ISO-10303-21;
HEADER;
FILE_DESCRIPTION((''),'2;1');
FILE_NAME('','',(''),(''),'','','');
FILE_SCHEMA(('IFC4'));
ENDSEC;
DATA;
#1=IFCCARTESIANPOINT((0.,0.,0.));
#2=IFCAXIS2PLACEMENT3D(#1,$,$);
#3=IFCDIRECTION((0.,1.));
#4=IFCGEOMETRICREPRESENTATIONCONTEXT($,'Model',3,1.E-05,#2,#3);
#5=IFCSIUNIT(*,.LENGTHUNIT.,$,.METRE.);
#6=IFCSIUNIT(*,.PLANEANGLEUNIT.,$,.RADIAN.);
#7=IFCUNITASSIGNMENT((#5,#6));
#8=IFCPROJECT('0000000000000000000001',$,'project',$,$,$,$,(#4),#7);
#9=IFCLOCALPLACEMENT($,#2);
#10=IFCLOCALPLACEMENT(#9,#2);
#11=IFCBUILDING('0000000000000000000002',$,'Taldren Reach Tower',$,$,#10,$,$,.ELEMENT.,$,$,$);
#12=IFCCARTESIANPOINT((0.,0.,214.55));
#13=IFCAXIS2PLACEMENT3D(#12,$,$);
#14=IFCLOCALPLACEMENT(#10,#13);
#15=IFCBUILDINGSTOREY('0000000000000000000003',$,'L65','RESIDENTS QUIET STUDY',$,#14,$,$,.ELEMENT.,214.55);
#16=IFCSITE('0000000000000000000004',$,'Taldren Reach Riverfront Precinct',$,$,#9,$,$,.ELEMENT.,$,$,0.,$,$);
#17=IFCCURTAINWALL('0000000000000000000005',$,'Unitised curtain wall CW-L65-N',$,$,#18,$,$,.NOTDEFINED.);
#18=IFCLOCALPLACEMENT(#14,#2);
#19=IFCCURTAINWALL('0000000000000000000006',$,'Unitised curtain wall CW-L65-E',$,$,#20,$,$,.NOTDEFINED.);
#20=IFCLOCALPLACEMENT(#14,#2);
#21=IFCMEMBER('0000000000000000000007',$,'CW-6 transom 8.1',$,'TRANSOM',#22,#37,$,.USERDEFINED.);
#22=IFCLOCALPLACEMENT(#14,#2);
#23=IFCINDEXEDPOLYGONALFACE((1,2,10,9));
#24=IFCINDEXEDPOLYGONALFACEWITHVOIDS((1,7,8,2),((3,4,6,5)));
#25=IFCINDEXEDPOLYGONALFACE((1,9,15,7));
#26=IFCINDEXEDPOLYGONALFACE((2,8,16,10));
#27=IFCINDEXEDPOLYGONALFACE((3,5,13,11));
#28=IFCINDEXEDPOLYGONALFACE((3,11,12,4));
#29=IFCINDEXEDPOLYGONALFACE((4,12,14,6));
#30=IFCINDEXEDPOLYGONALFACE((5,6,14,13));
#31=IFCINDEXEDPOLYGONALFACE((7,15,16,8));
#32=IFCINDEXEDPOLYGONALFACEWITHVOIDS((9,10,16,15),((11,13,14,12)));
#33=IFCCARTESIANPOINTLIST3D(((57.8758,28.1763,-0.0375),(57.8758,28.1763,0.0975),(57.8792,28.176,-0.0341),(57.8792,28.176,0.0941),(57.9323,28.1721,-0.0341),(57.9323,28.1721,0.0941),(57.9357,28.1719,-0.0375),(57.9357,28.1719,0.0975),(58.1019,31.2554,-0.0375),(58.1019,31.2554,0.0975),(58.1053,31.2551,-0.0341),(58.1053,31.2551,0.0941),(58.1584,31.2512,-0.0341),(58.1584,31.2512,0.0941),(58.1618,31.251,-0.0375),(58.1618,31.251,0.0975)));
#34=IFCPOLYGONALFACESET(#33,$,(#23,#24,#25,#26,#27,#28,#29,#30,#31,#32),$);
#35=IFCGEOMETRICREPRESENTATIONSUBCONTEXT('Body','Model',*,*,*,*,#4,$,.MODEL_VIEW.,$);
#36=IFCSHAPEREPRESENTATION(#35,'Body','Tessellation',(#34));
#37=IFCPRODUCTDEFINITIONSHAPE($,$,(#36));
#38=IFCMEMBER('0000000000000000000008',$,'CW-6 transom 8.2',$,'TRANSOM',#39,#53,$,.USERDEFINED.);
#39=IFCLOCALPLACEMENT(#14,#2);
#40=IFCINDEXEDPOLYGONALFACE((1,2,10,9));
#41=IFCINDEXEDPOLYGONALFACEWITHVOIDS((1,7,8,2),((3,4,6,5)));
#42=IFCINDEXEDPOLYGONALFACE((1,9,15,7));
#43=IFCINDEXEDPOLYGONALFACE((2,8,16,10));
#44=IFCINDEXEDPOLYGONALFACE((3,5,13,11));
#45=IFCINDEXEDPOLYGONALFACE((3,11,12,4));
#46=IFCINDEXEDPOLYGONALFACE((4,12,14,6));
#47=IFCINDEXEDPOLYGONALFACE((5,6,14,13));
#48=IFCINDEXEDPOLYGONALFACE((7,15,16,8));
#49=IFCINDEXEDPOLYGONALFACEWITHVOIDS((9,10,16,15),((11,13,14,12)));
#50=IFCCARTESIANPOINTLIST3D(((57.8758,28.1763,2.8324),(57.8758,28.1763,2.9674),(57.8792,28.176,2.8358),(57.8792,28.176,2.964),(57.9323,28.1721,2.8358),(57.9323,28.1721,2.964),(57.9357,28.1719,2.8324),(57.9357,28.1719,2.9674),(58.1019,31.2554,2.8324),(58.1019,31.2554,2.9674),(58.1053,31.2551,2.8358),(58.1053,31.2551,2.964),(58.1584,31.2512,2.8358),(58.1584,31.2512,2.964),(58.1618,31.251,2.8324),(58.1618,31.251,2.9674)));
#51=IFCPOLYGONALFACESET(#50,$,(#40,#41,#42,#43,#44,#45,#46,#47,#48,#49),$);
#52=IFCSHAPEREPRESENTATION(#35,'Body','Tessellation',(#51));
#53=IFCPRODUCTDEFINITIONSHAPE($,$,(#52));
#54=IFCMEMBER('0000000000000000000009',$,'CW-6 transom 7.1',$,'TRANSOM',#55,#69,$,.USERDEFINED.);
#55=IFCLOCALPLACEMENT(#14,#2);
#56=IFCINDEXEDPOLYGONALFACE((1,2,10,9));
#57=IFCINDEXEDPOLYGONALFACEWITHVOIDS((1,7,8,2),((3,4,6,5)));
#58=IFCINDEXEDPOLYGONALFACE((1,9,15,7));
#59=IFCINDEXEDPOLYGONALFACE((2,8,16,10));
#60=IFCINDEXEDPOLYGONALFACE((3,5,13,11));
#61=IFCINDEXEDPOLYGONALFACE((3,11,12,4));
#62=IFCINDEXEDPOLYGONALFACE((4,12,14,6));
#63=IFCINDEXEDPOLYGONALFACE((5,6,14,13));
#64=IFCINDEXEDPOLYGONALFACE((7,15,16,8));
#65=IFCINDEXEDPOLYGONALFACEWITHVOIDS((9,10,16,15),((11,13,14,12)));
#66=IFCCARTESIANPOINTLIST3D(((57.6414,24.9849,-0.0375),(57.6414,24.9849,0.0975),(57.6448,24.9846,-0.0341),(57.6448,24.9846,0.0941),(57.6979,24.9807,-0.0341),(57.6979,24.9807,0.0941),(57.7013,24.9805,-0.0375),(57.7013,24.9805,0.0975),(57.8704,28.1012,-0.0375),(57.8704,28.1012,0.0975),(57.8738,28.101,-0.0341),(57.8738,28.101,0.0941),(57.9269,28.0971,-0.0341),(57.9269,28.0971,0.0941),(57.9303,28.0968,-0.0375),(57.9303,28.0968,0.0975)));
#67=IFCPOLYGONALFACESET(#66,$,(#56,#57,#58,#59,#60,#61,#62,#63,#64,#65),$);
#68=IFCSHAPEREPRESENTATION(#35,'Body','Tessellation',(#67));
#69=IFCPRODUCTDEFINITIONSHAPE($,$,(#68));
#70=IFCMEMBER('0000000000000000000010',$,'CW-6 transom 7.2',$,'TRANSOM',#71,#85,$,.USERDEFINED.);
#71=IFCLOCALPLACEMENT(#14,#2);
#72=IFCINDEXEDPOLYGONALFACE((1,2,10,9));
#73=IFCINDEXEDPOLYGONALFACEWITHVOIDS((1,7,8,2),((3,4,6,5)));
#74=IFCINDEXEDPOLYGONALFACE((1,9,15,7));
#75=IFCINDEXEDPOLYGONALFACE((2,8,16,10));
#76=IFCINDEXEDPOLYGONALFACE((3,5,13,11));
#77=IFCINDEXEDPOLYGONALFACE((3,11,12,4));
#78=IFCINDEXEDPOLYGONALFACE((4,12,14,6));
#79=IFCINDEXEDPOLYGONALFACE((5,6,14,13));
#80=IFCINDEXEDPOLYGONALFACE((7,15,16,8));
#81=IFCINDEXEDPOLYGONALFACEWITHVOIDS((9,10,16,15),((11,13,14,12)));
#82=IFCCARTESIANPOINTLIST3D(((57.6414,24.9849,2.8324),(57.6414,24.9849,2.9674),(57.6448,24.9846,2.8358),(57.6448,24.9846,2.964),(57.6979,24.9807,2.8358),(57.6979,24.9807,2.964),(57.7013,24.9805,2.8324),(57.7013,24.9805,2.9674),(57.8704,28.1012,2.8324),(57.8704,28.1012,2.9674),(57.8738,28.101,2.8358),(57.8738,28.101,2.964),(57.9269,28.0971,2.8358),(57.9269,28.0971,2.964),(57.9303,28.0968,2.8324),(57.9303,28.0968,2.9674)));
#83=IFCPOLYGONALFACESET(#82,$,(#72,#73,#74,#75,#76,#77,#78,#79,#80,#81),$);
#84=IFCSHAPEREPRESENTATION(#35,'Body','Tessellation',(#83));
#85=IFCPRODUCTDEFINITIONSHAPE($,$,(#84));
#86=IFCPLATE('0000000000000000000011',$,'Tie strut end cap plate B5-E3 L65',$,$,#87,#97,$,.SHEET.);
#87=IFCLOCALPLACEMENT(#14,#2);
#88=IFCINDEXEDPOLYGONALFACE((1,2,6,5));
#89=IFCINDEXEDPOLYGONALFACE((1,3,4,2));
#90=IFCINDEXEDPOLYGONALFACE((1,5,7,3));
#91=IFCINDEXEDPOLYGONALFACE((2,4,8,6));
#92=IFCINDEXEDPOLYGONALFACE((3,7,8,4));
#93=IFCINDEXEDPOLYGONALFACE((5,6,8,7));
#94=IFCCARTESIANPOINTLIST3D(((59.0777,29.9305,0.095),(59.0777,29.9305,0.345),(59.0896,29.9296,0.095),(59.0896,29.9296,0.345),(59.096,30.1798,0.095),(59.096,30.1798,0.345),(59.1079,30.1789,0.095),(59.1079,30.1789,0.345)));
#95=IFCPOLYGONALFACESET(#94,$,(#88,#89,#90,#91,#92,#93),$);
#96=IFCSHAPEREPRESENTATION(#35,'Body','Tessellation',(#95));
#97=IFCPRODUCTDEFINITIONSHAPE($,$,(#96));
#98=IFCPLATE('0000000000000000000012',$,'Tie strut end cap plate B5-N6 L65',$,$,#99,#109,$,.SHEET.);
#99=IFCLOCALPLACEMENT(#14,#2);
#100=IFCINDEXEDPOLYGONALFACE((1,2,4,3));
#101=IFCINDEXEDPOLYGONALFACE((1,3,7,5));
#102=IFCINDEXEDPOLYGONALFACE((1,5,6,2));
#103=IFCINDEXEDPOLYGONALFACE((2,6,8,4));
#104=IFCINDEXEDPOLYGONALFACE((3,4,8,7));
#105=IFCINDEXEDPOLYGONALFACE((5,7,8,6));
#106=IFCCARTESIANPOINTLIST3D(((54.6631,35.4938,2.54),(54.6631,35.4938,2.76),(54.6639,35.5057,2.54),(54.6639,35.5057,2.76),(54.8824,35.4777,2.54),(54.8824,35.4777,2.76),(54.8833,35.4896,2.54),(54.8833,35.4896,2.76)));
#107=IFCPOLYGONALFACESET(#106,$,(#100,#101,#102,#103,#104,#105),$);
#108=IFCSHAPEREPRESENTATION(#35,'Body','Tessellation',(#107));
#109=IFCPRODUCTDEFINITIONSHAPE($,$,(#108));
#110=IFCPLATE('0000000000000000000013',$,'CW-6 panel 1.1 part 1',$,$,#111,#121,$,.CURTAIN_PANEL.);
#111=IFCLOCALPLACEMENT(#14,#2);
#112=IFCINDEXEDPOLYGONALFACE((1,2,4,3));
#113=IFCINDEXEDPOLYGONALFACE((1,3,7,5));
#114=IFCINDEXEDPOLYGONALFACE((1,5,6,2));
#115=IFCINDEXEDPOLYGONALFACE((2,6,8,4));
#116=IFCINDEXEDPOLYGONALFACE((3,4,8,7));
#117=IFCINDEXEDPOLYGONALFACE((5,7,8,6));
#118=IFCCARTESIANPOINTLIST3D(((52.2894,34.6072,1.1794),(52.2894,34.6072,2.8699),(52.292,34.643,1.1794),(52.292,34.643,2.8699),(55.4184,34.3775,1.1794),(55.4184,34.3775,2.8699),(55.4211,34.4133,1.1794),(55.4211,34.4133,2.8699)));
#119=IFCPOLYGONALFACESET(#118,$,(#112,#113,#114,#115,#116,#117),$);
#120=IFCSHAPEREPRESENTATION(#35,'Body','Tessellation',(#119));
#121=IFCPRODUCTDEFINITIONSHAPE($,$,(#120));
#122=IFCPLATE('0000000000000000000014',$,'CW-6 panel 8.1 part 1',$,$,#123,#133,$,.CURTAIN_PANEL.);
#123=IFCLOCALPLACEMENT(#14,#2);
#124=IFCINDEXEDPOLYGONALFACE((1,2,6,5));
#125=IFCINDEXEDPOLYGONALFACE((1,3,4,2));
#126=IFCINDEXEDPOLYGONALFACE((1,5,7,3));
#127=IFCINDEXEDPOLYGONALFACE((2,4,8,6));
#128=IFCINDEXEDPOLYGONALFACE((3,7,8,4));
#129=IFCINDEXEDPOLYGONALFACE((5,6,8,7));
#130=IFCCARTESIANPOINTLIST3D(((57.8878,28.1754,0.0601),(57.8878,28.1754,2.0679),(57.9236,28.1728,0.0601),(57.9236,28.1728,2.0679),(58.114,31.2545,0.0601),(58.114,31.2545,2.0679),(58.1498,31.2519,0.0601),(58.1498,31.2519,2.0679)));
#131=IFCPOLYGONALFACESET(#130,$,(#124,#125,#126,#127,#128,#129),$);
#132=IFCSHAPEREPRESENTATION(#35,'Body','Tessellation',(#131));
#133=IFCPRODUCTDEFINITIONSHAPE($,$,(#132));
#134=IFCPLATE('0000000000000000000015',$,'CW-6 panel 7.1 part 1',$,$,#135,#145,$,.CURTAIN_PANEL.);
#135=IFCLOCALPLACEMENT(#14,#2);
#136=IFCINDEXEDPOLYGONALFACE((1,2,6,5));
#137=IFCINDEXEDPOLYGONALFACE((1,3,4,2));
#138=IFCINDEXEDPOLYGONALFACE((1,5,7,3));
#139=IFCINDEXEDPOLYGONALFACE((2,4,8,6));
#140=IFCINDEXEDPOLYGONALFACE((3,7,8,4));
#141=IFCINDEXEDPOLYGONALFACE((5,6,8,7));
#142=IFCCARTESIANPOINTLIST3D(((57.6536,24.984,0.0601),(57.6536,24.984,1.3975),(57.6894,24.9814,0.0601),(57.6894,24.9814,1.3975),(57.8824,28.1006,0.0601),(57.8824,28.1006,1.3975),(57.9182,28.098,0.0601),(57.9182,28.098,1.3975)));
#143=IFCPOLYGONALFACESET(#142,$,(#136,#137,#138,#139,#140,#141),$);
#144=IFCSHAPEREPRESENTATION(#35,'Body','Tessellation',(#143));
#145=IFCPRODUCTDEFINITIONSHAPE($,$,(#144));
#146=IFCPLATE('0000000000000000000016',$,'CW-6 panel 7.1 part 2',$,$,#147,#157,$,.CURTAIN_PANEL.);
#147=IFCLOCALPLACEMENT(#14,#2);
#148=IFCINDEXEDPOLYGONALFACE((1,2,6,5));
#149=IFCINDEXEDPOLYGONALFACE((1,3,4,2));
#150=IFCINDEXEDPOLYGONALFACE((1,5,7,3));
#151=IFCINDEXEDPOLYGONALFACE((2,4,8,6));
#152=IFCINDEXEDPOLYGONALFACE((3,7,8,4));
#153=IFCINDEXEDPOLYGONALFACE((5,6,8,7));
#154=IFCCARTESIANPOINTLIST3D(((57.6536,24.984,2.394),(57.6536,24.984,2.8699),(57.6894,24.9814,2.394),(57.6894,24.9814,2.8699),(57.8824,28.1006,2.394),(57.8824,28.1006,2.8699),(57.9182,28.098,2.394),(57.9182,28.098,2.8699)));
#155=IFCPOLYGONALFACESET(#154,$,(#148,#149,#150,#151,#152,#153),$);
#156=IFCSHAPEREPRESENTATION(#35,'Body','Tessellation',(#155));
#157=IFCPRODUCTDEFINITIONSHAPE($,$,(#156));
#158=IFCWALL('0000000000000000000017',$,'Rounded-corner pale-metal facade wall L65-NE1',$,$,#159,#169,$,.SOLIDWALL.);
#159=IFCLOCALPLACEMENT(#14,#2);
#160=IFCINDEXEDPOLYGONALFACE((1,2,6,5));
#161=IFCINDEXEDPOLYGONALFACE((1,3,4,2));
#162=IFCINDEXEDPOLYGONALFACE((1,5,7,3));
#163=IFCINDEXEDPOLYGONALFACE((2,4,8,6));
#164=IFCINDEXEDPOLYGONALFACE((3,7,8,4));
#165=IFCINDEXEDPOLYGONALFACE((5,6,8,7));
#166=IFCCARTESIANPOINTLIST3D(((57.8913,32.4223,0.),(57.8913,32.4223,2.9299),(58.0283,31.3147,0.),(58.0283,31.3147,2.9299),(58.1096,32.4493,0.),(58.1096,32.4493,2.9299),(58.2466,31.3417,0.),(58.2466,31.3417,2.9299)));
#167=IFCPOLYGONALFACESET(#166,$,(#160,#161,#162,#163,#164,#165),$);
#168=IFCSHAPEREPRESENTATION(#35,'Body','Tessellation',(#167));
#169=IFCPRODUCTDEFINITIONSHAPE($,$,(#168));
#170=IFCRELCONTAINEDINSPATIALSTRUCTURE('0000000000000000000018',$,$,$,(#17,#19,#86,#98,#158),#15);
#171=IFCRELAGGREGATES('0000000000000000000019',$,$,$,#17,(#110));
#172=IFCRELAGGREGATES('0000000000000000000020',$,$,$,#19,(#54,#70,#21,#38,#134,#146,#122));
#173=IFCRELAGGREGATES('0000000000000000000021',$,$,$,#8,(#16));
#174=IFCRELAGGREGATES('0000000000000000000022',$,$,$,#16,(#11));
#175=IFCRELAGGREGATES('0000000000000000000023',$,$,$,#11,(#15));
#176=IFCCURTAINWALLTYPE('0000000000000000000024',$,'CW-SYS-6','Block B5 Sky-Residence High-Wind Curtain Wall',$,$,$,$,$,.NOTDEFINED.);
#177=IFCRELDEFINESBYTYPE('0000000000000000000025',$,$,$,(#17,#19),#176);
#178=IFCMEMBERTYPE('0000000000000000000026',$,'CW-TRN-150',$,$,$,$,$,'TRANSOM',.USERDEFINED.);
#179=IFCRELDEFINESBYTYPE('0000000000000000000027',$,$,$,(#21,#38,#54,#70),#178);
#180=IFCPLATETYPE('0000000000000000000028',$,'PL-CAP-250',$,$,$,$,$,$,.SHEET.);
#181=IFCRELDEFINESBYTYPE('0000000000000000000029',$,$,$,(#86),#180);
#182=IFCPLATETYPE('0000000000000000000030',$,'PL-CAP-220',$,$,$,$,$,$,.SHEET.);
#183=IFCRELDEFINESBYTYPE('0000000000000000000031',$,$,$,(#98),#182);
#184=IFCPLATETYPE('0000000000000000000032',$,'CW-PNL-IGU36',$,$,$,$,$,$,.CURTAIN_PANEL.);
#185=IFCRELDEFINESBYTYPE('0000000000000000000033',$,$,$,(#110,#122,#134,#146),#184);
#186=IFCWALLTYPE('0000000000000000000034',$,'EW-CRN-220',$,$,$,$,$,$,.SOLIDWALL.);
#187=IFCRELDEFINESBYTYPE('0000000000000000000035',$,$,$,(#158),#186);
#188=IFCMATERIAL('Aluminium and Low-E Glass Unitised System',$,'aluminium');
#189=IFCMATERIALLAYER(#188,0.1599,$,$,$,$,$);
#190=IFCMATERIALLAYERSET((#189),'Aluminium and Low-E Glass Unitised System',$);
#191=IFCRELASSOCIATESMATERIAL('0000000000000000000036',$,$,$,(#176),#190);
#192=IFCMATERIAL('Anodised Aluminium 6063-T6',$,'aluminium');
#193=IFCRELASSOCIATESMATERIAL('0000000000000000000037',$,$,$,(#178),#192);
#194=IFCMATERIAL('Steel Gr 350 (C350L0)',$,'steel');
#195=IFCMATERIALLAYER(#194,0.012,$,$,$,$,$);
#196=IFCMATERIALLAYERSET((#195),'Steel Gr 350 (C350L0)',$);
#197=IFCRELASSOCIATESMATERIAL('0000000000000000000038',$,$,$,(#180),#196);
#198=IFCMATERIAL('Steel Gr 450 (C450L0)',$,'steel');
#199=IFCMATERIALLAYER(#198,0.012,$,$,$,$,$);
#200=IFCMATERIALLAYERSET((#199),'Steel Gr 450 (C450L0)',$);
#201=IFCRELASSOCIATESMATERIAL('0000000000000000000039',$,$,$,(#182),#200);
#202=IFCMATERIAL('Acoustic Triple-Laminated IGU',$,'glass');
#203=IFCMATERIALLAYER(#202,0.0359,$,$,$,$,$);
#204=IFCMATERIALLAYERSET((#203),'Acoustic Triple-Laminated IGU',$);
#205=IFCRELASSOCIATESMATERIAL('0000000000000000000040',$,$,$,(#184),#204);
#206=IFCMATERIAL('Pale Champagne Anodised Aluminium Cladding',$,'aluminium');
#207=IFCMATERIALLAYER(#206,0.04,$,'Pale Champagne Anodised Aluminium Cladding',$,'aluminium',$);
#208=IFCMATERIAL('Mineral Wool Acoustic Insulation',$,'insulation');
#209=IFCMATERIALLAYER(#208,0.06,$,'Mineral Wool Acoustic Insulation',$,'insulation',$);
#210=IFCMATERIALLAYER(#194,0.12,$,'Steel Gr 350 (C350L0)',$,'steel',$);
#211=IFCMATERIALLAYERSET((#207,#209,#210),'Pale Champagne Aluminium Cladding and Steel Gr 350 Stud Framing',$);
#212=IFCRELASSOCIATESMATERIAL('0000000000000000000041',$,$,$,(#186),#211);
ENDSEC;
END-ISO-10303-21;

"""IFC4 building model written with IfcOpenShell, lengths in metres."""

from ifc_helpers import new_model, si_unit, direction, frame, frame_2d, origin, origin_2d, place, context, subcontext, project, spatial, rectangle, hollow_rectangle, extrude, source, transform, mapped, material, layer, layer_set, material_profile, profile_set, type_object, element, aggregate, save


model = new_model("IFC4")

# Units and contexts
model_context = context("Model", 3, precision=1e-05, world=origin(), true_north=direction((0.0, 1.0)))
body_context = subcontext(model_context, "Body", "Model", "MODEL_VIEW")
ifc_project = project(units=[si_unit("LENGTHUNIT", "METRE"), si_unit("PLANEANGLEUNIT", "RADIAN")], contexts=[model_context])

# Site, building, storey
site_placement = place(None, origin())
site = spatial("IfcSite", under=ifc_project, at=site_placement, Name="Taldren Reach Riverfront Precinct", CompositionType="ELEMENT", RefElevation=0.0)
building_placement = place(site_placement, origin())
building = spatial("IfcBuilding", under=site, at=building_placement, Name="Taldren Reach Tower", CompositionType="ELEMENT")
storey_placement = place(building_placement, frame((0.0, 0.0, 214.55)))
storey = spatial("IfcBuildingStorey", under=building, at=storey_placement, Name="L65", Description="RESIDENTS QUIET STUDY", CompositionType="ELEMENT", Elevation=214.55)

# Shared definitions
ifc_material_1 = material(Name="Steel Gr 350 (C350L0)", Category="steel")

# Shared definitions
ifc_material_2 = material(Name="Steel Gr 450 (C450L0)", Category="steel")

# Curtain wall
ifc_material_3 = material(Name="Aluminium and Low-E Glass Unitised System", Category="aluminium")
ifc_layer_1 = layer(ifc_material_3, 0.1599)
ifc_layer_set_1 = layer_set([ifc_layer_1], Name="Aluminium and Low-E Glass Unitised System")
curtain_wall_type = type_object("IfcCurtainWallType", Name="CW-SYS-6", Description="Block B5 Sky-Residence High-Wind Curtain Wall", PredefinedType="NOTDEFINED", material=ifc_layer_set_1)
curtain_wall_1_placement = place(storey_placement, origin())
curtain_wall_1 = element("IfcCurtainWall", 1, at=curtain_wall_1_placement, inside=storey, type_object=curtain_wall_type, Name="Unitised curtain wall CW-L65-N", PredefinedType="NOTDEFINED")
ifc_material_4 = material(Name="Anodised Aluminium 6063-T6", Category="aluminium")

# Curtain wall
curtain_wall_2_placement = place(storey_placement, origin())
curtain_wall_2 = element("IfcCurtainWall", 2, at=curtain_wall_2_placement, inside=storey, type_object=curtain_wall_type, Name="Unitised curtain wall CW-L65-E", PredefinedType="NOTDEFINED")

# Members
ifc_material_profile_1 = material_profile(ifc_material_4, hollow_rectangle(XDim=0.0601, YDim=0.135, WallThickness=0.0034, at=origin_2d()), Name="ALU-135x60x3.5RHS")
ifc_profile_set_1 = profile_set([ifc_material_profile_1], Name="Anodised Aluminium 6063-T6")
member_type_1 = type_object("IfcMemberType", Name="CW-TRN-150", ElementType="TRANSOM", PredefinedType="USERDEFINED", material=ifc_profile_set_1)
shared_shape_1 = source(origin(), body_context, "Body", "SweptSolid", [
    extrude(hollow_rectangle(XDim=0.0601, YDim=0.135, WallThickness=0.0034, at=origin_2d()), origin(), (0.0, 0.0, 1.0), 3.0874),
])
member_1_placement = place(storey_placement, frame((57.9058, 28.1741, 0.03), z_axis=(0.073225, 0.997315, 0.0), x_axis=(-0.997315, 0.073225, 0.0)))
member_1 = element("IfcMember", 3, at=member_1_placement, type_object=member_type_1, Name="CW-6 transom 8.1", ObjectType="TRANSOM", PredefinedType="USERDEFINED", context=body_context, shape_type="MappedRepresentation", body=[
    mapped(shared_shape_1, transform((0.0, 0.0, 0.0), scale=1.0)),
])
member_2_placement = place(storey_placement, frame((57.9058, 28.1741, 2.8999), z_axis=(0.073225, 0.997315, 0.0), x_axis=(-0.997315, 0.073225, 0.0)))
member_2 = element("IfcMember", 4, at=member_2_placement, type_object=member_type_1, Name="CW-6 transom 8.2", ObjectType="TRANSOM", PredefinedType="USERDEFINED", context=body_context, shape_type="MappedRepresentation", body=[
    mapped(shared_shape_1, transform((0.0, 0.0, 0.0), scale=1.0)),
])
shared_shape_2 = source(origin(), body_context, "Body", "SweptSolid", [
    extrude(hollow_rectangle(XDim=0.0601, YDim=0.135, WallThickness=0.0034, at=origin_2d()), origin(), (0.0, 0.0, 1.0), 3.1248),
])
member_3_placement = place(storey_placement, frame((57.6714, 24.9827, 0.03), z_axis=(0.073285, 0.997311, 0.0), x_axis=(-0.997311, 0.073285, 0.0)))
member_3 = element("IfcMember", 5, at=member_3_placement, type_object=member_type_1, Name="CW-6 transom 7.1", ObjectType="TRANSOM", PredefinedType="USERDEFINED", context=body_context, shape_type="MappedRepresentation", body=[
    mapped(shared_shape_2, transform((0.0, 0.0, 0.0), scale=1.0)),
])
member_4_placement = place(storey_placement, frame((57.6714, 24.9827, 2.8999), z_axis=(0.073285, 0.997311, 0.0), x_axis=(-0.997311, 0.073285, 0.0)))
member_4 = element("IfcMember", 6, at=member_4_placement, type_object=member_type_1, Name="CW-6 transom 7.2", ObjectType="TRANSOM", PredefinedType="USERDEFINED", context=body_context, shape_type="MappedRepresentation", body=[
    mapped(shared_shape_2, transform((0.0, 0.0, 0.0), scale=1.0)),
])

# Plates
ifc_layer_2 = layer(ifc_material_1, 0.012)
ifc_layer_set_2 = layer_set([ifc_layer_2], Name="Steel Gr 350 (C350L0)")
plate_type_1 = type_object("IfcPlateType", Name="PL-CAP-250", PredefinedType="SHEET", material=ifc_layer_set_2)
shared_shape_3 = source(origin(), body_context, "Body", "SweptSolid", [
    extrude(rectangle(XDim=0.012, YDim=0.25, at=origin_2d()), origin(), (0.0, 0.0, 1.0), 0.25),
])
plate_1_placement = place(storey_placement, frame((59.0928, 30.0547, 0.095), z_axis=(0.0, 0.0, 1.0), x_axis=(0.997314, -0.073238, 0.0)))
element("IfcPlate", 7, at=plate_1_placement, inside=storey, type_object=plate_type_1, Name="Tie strut end cap plate B5-E3 L65", PredefinedType="SHEET", context=body_context, shape_type="MappedRepresentation", body=[
    mapped(shared_shape_3, transform((0.0, 0.0, 0.0), scale=1.0)),
])
ifc_layer_3 = layer(ifc_material_2, 0.012)
ifc_layer_set_3 = layer_set([ifc_layer_3], Name="Steel Gr 450 (C450L0)")
plate_type_2 = type_object("IfcPlateType", Name="PL-CAP-220", PredefinedType="SHEET", material=ifc_layer_set_3)
shared_shape_4 = source(origin(), body_context, "Body", "SweptSolid", [
    extrude(rectangle(XDim=0.22, YDim=0.012, at=origin_2d()), origin(), (0.0, 0.0, 1.0), 0.22),
])
plate_2_placement = place(storey_placement, frame((54.7732, 35.4917, 2.54), z_axis=(0.0, 0.0, 1.0), x_axis=(0.997314, -0.073238, 0.0)))
element("IfcPlate", 8, at=plate_2_placement, inside=storey, type_object=plate_type_2, Name="Tie strut end cap plate B5-N6 L65", PredefinedType="SHEET", context=body_context, shape_type="MappedRepresentation", body=[
    mapped(shared_shape_4, transform((0.0, 0.0, 0.0), scale=1.0)),
])

# Plates
ifc_material_5 = material(Name="Acoustic Triple-Laminated IGU", Category="glass")
ifc_layer_4 = layer(ifc_material_5, 0.0359)
ifc_layer_set_4 = layer_set([ifc_layer_4], Name="Acoustic Triple-Laminated IGU")
plate_type_3 = type_object("IfcPlateType", Name="CW-PNL-IGU36", PredefinedType="CURTAIN_PANEL", material=ifc_layer_set_4)
shared_shape_5 = source(origin(), body_context, "Body", "SweptSolid", [
    extrude(rectangle(XDim=3.1375, YDim=0.0359, at=origin_2d()), origin(), (0.0, 0.0, 1.0), 1.6904),
])
plate_3_placement = place(storey_placement, frame((53.8552, 34.5103, 1.1794), z_axis=(0.0, 0.0, 1.0), x_axis=(-0.997314, 0.073238, 0.0)))
plate_3 = element("IfcPlate", 9, at=plate_3_placement, type_object=plate_type_3, Name="CW-6 panel 1.1 part 1", PredefinedType="CURTAIN_PANEL", context=body_context, shape_type="MappedRepresentation", body=[
    mapped(shared_shape_5, transform((0.0, 0.0, 0.0), scale=1.0)),
])
aggregate(curtain_wall_1, [plate_3])
shared_shape_6 = source(origin(), body_context, "Body", "SweptSolid", [
    extrude(rectangle(XDim=3.0874, YDim=0.0359, at=origin_2d()), origin(), (0.0, 0.0, 1.0), 2.0078),
])
plate_4_placement = place(storey_placement, frame((58.0188, 29.7136, 0.0601), z_axis=(0.0, 0.0, 1.0), x_axis=(0.073238, 0.997314, 0.0)))
plate_4 = element("IfcPlate", 10, at=plate_4_placement, type_object=plate_type_3, Name="CW-6 panel 8.1 part 1", PredefinedType="CURTAIN_PANEL", context=body_context, shape_type="MappedRepresentation", body=[
    mapped(shared_shape_6, transform((0.0, 0.0, 0.0), scale=1.0)),
])
shared_shape_7 = source(origin(), body_context, "Body", "SweptSolid", [
    extrude(rectangle(XDim=3.125, YDim=0.0359, at=origin_2d()), origin(), (0.0, 0.0, 1.0), 1.3374),
])
plate_5_placement = place(storey_placement, frame((57.7859, 26.541, 0.0601), z_axis=(0.0, 0.0, 1.0), x_axis=(0.073238, 0.997314, 0.0)))
plate_5 = element("IfcPlate", 11, at=plate_5_placement, type_object=plate_type_3, Name="CW-6 panel 7.1 part 1", PredefinedType="CURTAIN_PANEL", context=body_context, shape_type="MappedRepresentation", body=[
    mapped(shared_shape_7, transform((0.0, 0.0, 0.0), scale=1.0)),
])
shared_shape_8 = source(origin(), body_context, "Body", "SweptSolid", [
    extrude(rectangle(XDim=3.125, YDim=0.0359, at=origin_2d()), origin(), (0.0, 0.0, 1.0), 0.4758),
])
plate_6_placement = place(storey_placement, frame((57.7859, 26.541, 2.394), z_axis=(0.0, 0.0, 1.0), x_axis=(0.073238, 0.997314, 0.0)))
plate_6 = element("IfcPlate", 12, at=plate_6_placement, type_object=plate_type_3, Name="CW-6 panel 7.1 part 2", PredefinedType="CURTAIN_PANEL", context=body_context, shape_type="MappedRepresentation", body=[
    mapped(shared_shape_8, transform((0.0, 0.0, 0.0), scale=1.0)),
])
aggregate(curtain_wall_2, [member_3, member_4, member_1, member_2, plate_5, plate_6, plate_4])

# Wall
ifc_material_6 = material(Name="Pale Champagne Anodised Aluminium Cladding", Category="aluminium")
ifc_layer_5 = layer(ifc_material_6, 0.04, Name="Pale Champagne Anodised Aluminium Cladding", Category="aluminium")
ifc_material_7 = material(Name="Mineral Wool Acoustic Insulation", Category="insulation")
ifc_layer_6 = layer(ifc_material_7, 0.06, Name="Mineral Wool Acoustic Insulation", Category="insulation")
ifc_layer_7 = layer(ifc_material_1, 0.12, Name="Steel Gr 350 (C350L0)", Category="steel")
ifc_layer_set_5 = layer_set([ifc_layer_5, ifc_layer_6, ifc_layer_7], Name="Pale Champagne Aluminium Cladding and Steel Gr 350 Stud Framing")
wall_type = type_object("IfcWallType", Name="EW-CRN-220", PredefinedType="SOLIDWALL", material=ifc_layer_set_5)
shared_shape_9 = source(origin(), body_context, "Body", "SweptSolid", [
    extrude(rectangle(XDim=1.116, YDim=0.22, at=frame_2d((0.5581, 0.0))), origin(), (0.0, 0.0, 1.0), 2.9299),
])
for number, where, z_axis, x_axis, name in (
    (13, (58.1375, 31.3281, 0.0), (0.0, 0.0, 1.0), (-0.122742, 0.992439, 0.0), "Rounded-corner pale-metal facade wall L65-NE1"),
):
    element("IfcWall", number, at=place(storey_placement, frame(where, z_axis=z_axis, x_axis=x_axis)), inside=storey, type_object=wall_type, Name=name, PredefinedType="SOLIDWALL", context=body_context, shape_type="MappedRepresentation", body=[
        mapped(shared_shape_9, transform((0.0, 0.0, 0.0), scale=1.0)),
    ])

save(model, "model.ifc")
